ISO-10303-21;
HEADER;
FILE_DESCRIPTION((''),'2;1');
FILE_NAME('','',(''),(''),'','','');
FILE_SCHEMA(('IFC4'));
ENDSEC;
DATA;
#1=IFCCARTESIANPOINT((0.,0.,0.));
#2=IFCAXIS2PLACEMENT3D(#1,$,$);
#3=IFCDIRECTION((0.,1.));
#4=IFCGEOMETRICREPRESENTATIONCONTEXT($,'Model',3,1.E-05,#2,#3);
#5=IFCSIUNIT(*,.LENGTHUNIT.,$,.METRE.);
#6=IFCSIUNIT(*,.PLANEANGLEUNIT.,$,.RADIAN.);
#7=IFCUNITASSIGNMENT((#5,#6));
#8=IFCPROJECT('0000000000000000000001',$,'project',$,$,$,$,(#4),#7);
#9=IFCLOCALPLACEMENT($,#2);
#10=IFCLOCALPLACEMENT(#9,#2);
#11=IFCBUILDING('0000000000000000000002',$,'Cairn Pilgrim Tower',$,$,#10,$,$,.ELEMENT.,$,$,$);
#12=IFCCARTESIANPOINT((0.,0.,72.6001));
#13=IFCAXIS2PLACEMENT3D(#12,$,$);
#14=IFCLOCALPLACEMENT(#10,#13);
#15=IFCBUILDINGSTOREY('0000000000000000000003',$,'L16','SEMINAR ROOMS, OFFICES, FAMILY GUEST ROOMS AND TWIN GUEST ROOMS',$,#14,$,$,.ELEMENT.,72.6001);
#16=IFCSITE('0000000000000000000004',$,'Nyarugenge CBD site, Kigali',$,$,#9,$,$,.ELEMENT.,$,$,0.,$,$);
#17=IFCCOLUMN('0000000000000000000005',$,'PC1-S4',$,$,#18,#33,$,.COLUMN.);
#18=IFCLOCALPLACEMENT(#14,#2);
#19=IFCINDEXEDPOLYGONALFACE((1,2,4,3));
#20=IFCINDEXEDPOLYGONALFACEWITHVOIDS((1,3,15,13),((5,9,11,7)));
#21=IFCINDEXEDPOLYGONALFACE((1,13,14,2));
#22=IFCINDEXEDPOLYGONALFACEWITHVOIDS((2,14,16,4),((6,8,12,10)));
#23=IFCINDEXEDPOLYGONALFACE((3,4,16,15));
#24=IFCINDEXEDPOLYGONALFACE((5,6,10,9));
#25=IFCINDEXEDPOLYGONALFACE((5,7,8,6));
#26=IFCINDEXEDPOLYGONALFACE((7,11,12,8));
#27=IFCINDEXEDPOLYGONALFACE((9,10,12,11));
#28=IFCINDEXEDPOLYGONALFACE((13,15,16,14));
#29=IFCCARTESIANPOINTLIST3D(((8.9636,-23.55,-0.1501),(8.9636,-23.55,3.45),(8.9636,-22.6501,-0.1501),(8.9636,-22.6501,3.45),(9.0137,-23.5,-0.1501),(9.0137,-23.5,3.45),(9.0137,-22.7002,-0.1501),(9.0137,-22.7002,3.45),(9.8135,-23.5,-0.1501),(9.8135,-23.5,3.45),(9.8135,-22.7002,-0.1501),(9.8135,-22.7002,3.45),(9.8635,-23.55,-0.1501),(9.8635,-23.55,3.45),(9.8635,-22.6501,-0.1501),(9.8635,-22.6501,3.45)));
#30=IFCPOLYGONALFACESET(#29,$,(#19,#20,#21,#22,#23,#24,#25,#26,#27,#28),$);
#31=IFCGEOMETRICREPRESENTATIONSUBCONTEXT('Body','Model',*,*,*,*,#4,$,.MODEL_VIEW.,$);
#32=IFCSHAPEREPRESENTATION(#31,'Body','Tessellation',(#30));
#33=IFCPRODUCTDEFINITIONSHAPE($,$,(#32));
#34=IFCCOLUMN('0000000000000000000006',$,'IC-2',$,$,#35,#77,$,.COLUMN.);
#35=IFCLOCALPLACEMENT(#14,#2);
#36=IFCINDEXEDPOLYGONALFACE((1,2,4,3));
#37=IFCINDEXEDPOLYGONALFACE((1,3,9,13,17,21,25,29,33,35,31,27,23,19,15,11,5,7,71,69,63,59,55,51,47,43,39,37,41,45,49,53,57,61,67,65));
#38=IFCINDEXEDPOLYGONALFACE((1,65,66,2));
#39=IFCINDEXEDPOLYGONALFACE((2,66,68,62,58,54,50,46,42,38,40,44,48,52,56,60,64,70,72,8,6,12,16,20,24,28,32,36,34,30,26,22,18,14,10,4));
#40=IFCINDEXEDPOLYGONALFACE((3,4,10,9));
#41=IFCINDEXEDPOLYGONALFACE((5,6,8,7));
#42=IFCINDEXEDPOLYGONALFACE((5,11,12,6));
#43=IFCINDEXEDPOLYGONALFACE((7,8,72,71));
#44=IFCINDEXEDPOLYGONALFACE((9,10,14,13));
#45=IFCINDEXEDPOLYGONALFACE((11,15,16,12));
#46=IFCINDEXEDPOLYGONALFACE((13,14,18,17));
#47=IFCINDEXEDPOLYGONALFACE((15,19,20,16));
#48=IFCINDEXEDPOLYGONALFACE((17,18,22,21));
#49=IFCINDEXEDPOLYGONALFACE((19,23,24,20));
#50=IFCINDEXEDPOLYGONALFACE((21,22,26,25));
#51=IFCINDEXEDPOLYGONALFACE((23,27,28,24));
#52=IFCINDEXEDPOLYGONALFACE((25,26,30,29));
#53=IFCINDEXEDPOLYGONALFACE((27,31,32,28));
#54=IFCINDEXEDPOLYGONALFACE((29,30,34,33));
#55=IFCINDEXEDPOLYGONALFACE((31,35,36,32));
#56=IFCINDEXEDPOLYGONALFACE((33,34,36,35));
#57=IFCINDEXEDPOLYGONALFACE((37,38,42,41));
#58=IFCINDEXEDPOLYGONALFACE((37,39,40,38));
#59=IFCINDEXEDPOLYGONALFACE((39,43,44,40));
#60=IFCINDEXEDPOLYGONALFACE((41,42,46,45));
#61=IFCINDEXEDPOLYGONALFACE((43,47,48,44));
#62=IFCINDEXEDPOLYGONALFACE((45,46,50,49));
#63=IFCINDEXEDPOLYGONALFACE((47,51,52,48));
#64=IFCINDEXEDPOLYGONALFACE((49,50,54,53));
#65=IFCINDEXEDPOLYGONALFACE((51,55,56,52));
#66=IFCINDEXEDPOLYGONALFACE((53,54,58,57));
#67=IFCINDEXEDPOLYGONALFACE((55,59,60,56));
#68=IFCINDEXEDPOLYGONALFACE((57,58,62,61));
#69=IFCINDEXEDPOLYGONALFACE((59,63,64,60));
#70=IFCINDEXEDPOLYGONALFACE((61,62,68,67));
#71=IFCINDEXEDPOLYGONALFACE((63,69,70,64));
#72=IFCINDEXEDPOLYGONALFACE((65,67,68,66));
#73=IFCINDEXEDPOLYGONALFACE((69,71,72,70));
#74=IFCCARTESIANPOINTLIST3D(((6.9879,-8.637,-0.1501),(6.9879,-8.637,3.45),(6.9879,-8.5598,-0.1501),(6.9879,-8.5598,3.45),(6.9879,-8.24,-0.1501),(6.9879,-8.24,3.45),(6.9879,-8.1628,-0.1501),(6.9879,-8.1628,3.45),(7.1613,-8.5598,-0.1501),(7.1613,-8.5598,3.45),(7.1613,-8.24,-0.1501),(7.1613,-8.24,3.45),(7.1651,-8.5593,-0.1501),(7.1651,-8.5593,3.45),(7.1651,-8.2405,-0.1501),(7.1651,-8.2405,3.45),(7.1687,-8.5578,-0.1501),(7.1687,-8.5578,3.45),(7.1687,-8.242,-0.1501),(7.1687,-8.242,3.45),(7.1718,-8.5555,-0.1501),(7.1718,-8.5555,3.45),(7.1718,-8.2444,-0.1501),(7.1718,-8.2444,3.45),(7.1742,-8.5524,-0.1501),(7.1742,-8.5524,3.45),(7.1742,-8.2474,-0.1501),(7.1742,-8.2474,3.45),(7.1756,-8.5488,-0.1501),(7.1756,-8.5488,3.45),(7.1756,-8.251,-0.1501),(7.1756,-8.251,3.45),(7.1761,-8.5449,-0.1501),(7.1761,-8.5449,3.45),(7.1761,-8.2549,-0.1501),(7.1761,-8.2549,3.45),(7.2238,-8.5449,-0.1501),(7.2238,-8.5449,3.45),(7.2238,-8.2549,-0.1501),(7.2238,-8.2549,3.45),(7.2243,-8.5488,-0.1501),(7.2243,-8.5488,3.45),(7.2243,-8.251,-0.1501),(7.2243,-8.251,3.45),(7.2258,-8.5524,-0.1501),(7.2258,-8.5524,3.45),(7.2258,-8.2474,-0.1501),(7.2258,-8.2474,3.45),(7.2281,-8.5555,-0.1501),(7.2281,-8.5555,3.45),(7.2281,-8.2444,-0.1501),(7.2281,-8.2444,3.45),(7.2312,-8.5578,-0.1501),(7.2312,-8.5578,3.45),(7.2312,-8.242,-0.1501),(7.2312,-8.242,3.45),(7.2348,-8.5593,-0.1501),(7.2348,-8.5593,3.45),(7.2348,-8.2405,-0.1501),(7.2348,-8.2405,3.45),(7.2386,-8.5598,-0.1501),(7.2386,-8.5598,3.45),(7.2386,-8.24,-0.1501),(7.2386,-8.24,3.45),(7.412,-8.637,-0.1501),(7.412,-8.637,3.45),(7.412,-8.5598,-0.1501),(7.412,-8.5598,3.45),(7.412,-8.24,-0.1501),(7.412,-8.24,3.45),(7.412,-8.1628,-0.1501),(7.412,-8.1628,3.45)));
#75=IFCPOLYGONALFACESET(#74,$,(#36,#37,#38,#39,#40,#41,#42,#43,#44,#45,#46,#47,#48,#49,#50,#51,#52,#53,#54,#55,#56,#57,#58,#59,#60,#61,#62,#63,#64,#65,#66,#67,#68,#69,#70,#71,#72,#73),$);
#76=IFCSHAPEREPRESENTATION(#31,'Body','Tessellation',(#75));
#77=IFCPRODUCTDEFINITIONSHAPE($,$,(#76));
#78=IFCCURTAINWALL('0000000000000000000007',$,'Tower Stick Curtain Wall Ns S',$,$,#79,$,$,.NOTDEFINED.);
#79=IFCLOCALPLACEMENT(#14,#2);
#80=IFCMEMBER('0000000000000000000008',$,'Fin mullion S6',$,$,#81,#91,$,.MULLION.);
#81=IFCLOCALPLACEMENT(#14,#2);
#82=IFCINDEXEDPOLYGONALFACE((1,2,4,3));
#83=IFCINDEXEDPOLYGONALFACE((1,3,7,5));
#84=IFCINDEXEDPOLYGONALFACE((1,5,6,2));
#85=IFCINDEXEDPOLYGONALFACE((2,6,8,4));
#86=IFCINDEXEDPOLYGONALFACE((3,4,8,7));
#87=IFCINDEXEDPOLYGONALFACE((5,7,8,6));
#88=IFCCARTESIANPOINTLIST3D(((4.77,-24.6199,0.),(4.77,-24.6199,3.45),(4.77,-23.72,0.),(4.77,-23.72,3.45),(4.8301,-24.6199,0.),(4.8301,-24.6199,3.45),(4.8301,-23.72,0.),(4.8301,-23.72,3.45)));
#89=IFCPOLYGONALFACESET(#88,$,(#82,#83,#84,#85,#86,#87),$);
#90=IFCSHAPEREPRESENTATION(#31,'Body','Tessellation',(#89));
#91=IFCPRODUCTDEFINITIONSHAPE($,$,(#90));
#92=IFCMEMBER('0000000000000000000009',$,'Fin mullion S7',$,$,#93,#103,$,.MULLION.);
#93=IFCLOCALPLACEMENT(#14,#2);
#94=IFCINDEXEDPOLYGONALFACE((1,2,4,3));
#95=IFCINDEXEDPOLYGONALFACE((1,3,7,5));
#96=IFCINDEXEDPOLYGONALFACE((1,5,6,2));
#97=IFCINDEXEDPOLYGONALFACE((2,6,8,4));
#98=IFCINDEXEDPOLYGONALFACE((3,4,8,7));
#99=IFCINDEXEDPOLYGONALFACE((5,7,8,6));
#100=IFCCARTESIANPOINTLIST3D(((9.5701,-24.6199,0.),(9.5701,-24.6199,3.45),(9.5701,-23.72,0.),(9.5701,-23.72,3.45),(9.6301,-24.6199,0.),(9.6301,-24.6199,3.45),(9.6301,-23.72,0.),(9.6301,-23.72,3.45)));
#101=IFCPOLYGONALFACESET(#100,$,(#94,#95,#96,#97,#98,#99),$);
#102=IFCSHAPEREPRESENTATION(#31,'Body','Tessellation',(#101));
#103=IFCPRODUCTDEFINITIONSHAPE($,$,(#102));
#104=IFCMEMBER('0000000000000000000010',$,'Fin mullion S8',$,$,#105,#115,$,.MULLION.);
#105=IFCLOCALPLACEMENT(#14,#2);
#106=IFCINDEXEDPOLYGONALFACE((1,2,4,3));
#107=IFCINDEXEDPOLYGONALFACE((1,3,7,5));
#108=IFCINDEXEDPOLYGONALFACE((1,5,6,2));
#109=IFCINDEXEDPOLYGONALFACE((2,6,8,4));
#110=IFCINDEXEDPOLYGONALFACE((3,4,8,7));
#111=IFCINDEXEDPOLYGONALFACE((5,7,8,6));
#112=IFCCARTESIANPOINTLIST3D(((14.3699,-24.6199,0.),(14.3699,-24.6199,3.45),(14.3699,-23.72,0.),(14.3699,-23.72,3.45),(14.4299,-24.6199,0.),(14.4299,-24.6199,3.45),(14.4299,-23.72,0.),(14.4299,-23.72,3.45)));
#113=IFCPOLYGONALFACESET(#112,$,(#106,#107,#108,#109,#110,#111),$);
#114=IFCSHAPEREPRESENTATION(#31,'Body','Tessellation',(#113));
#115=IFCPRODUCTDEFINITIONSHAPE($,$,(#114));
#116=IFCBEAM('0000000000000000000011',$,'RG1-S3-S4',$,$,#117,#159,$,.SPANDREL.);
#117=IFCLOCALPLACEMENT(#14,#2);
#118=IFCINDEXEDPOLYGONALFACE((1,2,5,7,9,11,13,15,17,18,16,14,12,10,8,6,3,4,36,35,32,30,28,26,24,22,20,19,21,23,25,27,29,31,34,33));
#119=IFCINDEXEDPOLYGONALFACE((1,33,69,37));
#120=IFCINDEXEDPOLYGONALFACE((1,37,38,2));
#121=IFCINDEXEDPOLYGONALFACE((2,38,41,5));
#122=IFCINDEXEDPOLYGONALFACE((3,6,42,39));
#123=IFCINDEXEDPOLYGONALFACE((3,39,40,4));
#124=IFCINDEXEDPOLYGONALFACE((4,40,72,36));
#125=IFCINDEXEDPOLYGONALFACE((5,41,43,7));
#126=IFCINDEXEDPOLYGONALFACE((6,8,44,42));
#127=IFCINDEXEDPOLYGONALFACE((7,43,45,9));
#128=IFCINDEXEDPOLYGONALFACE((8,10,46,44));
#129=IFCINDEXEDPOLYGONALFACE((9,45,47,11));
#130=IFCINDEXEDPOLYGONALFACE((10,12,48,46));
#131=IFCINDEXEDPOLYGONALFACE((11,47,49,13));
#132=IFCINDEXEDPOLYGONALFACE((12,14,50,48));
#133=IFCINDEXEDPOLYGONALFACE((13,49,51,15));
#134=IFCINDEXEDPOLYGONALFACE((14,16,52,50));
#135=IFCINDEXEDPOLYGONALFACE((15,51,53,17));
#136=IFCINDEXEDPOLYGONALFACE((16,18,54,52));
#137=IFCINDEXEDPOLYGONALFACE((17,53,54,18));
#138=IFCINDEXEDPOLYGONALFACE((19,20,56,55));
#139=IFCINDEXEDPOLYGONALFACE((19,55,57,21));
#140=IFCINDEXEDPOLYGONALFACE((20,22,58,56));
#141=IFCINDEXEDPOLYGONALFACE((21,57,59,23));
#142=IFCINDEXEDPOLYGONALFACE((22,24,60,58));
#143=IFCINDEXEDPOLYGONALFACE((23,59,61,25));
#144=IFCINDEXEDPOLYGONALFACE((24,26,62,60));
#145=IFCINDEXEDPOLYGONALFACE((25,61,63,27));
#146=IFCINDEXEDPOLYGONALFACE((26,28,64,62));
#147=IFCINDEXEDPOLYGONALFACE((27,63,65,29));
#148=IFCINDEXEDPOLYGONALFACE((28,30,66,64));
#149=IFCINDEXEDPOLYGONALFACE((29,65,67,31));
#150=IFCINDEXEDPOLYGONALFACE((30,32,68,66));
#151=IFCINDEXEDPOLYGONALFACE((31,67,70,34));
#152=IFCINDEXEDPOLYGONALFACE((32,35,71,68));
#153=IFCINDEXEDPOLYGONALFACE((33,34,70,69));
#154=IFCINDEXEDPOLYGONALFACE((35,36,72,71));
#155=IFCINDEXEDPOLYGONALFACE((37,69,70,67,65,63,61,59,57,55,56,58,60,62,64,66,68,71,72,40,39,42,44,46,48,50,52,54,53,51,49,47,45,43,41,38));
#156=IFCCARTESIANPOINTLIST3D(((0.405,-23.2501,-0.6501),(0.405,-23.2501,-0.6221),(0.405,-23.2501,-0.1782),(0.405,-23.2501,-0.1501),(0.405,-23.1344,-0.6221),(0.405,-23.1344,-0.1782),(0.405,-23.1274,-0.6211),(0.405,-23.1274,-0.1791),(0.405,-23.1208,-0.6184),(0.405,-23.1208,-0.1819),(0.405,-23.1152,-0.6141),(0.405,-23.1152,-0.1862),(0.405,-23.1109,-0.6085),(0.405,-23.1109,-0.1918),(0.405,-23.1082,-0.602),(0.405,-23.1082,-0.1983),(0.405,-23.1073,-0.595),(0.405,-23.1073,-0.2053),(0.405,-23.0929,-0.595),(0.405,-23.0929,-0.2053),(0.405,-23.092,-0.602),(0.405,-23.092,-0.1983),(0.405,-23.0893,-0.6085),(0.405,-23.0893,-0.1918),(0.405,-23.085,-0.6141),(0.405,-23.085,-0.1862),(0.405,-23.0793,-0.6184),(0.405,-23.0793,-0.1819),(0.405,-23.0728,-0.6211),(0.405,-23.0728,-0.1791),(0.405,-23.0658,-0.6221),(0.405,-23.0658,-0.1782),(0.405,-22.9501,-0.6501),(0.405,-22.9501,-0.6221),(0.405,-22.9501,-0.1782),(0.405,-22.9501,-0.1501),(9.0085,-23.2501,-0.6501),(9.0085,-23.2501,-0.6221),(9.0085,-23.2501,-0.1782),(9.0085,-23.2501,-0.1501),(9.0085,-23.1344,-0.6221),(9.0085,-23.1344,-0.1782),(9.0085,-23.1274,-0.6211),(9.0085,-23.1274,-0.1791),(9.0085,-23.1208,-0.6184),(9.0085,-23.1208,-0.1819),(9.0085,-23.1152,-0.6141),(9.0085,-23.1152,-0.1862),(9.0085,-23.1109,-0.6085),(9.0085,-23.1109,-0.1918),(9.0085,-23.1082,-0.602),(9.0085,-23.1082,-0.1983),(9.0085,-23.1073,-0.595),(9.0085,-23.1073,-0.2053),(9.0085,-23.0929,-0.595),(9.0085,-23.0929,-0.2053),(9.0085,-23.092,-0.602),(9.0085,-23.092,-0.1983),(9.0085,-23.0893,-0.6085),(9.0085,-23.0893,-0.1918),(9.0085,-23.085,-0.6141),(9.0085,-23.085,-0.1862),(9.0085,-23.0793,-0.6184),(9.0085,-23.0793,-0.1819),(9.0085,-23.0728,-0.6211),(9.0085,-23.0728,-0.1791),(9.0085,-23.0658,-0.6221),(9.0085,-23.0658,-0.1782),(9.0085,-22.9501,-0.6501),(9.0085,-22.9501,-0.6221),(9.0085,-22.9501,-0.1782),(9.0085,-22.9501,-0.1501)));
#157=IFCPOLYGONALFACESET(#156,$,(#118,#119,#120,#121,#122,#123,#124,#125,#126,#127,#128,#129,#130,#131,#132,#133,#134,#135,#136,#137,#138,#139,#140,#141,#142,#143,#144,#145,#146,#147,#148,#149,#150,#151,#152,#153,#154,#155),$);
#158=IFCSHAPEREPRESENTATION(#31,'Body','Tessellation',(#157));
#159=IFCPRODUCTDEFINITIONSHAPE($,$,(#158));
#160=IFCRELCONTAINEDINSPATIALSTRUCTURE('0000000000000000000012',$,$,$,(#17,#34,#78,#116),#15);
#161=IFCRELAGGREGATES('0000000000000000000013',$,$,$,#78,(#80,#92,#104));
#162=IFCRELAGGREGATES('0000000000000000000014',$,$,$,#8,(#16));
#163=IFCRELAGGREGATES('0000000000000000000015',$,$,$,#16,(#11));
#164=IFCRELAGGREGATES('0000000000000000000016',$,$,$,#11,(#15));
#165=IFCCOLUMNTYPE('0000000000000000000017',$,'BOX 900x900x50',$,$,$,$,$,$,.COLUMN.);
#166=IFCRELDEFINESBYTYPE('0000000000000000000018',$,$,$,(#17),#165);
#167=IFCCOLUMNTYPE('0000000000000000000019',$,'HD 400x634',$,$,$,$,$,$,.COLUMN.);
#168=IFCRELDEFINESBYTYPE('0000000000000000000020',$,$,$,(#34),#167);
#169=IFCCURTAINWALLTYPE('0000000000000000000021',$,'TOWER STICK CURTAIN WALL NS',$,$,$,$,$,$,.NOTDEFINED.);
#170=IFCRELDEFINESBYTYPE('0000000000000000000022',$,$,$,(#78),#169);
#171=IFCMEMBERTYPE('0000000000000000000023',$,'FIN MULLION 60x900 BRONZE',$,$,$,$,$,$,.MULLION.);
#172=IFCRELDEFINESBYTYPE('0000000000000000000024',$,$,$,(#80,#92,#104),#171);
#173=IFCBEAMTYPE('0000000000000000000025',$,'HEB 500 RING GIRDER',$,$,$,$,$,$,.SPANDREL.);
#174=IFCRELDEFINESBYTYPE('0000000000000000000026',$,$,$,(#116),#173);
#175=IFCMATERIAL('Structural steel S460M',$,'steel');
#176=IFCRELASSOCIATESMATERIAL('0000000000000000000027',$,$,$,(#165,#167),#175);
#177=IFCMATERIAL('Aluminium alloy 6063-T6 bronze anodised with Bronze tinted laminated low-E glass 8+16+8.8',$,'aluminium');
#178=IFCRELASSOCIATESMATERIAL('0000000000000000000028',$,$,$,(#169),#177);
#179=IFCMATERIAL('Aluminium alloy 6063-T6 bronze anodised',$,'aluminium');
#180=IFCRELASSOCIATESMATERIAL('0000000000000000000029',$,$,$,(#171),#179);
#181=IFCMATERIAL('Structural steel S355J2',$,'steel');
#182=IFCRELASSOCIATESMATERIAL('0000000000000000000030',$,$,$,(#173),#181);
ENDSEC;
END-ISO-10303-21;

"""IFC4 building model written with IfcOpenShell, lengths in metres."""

from ifc_helpers import new_model, si_unit, direction, frame, origin, origin_2d, place, context, subcontext, project, spatial, rectangle, hollow_rectangle, i_section, extrude, material, material_profile, profile_set, type_object, element, aggregate, save


model = new_model("IFC4")

# Units and contexts
model_context = context("Model", 3, precision=1e-05, world=origin(), true_north=direction((0.0, 1.0)))
body_context = subcontext(model_context, "Body", "Model", "MODEL_VIEW")
ifc_project = project(units=[si_unit("LENGTHUNIT", "METRE"), si_unit("PLANEANGLEUNIT", "RADIAN")], contexts=[model_context])

# Site, building, storey
site_placement = place(None, origin())
site = spatial("IfcSite", under=ifc_project, at=site_placement, Name="Nyarugenge CBD site, Kigali", CompositionType="ELEMENT", RefElevation=0.0)
building_placement = place(site_placement, origin())
building = spatial("IfcBuilding", under=site, at=building_placement, Name="Cairn Pilgrim Tower", CompositionType="ELEMENT")
storey_placement = place(building_placement, frame((0.0, 0.0, 72.6001)))
storey = spatial("IfcBuildingStorey", under=building, at=storey_placement, Name="L16", Description="SEMINAR ROOMS, OFFICES, FAMILY GUEST ROOMS AND TWIN GUEST ROOMS", CompositionType="ELEMENT", Elevation=72.6001)

# Columns
ifc_material_1 = material(Name="Structural steel S460M", Category="steel")
ifc_material_profile_1 = material_profile(ifc_material_1, hollow_rectangle(XDim=0.8999, YDim=0.8999, WallThickness=0.05, at=origin_2d()), Name="BOX 900x900x50")
ifc_profile_set_1 = profile_set([ifc_material_profile_1], Name="Structural steel S460M")
column_type_1 = type_object("IfcColumnType", Name="BOX 900x900x50", PredefinedType="COLUMN", material=ifc_profile_set_1)
column_1_placement = place(storey_placement, frame((9.4136, -23.1001, -0.1501), z_axis=(0.0, 0.0, 1.0), x_axis=(1.0, 0.0, 0.0)))
element("IfcColumn", 1, at=column_1_placement, inside=storey, type_object=column_type_1, Name="PC1-S4", PredefinedType="COLUMN", context=body_context, shape_type="SweptSolid", body=[
    extrude(hollow_rectangle(XDim=0.8999, YDim=0.8999, WallThickness=0.05, at=origin_2d()), origin(), (0.0, 0.0, 1.0), 3.6001),
])
ifc_material_profile_2 = material_profile(ifc_material_1, i_section(OverallWidth=0.4241, OverallDepth=0.4741, WebThickness=0.0476, FlangeThickness=0.0771, FilletRadius=0.0149, at=origin_2d()), Name="HD 400x634")
ifc_profile_set_2 = profile_set([ifc_material_profile_2], Name="Structural steel S460M")
column_type_2 = type_object("IfcColumnType", Name="HD 400x634", PredefinedType="COLUMN", material=ifc_profile_set_2)
column_2_placement = place(storey_placement, frame((7.2, -8.3999, -0.1501), z_axis=(0.0, 0.0, 1.0), x_axis=(1.0, 0.0, 0.0)))
element("IfcColumn", 2, at=column_2_placement, inside=storey, type_object=column_type_2, Name="IC-2", PredefinedType="COLUMN", context=body_context, shape_type="SweptSolid", body=[
    extrude(i_section(OverallWidth=0.4241, OverallDepth=0.4741, WebThickness=0.0476, FlangeThickness=0.0771, FilletRadius=0.0149, at=origin_2d()), origin(), (0.0, 0.0, 1.0), 3.6001),
])

# Curtain wall, members
ifc_material_2 = material(Name="Aluminium alloy 6063-T6 bronze anodised with Bronze tinted laminated low-E glass 8+16+8.8", Category="aluminium")
curtain_wall_type = type_object("IfcCurtainWallType", Name="TOWER STICK CURTAIN WALL NS", PredefinedType="NOTDEFINED", material=ifc_material_2)
curtain_wall_placement = place(storey_placement, origin())
curtain_wall = element("IfcCurtainWall", 3, at=curtain_wall_placement, inside=storey, type_object=curtain_wall_type, Name="Tower Stick Curtain Wall Ns S", PredefinedType="NOTDEFINED")
ifc_material_3 = material(Name="Aluminium alloy 6063-T6 bronze anodised", Category="aluminium")
ifc_material_profile_3 = material_profile(ifc_material_3, rectangle(XDim=0.8999, YDim=0.0601, at=origin_2d()), Name="FIN MULLION 60x900 BRONZE")
ifc_profile_set_3 = profile_set([ifc_material_profile_3], Name="Aluminium alloy 6063-T6 bronze anodised")
member_type_1 = type_object("IfcMemberType", Name="FIN MULLION 60x900 BRONZE", PredefinedType="MULLION", material=ifc_profile_set_3)
member_1_placement = place(storey_placement, frame((4.8, -24.1699, 0.0), z_axis=(0.0, 0.0, 1.0), x_axis=(0.0, -1.0, 0.0)))
member_1 = element("IfcMember", 4, at=member_1_placement, type_object=member_type_1, Name="Fin mullion S6", PredefinedType="MULLION", context=body_context, shape_type="SweptSolid", body=[
    extrude(rectangle(XDim=0.8999, YDim=0.0601, at=origin_2d()), origin(), (0.0, 0.0, 1.0), 3.45),
])
member_2_placement = place(storey_placement, frame((9.6001, -24.1699, 0.0), z_axis=(0.0, 0.0, 1.0), x_axis=(0.0, -1.0, 0.0)))
member_2 = element("IfcMember", 5, at=member_2_placement, type_object=member_type_1, Name="Fin mullion S7", PredefinedType="MULLION", context=body_context, shape_type="SweptSolid", body=[
    extrude(rectangle(XDim=0.8999, YDim=0.0601, at=origin_2d()), origin(), (0.0, 0.0, 1.0), 3.45),
])
member_3_placement = place(storey_placement, frame((14.3999, -24.1699, 0.0), z_axis=(0.0, 0.0, 1.0), x_axis=(0.0, -1.0, 0.0)))
member_3 = element("IfcMember", 6, at=member_3_placement, type_object=member_type_1, Name="Fin mullion S8", PredefinedType="MULLION", context=body_context, shape_type="SweptSolid", body=[
    extrude(rectangle(XDim=0.8999, YDim=0.0601, at=origin_2d()), origin(), (0.0, 0.0, 1.0), 3.45),
])

# Beam
ifc_material_4 = material(Name="Structural steel S355J2", Category="steel")
ifc_material_profile_4 = material_profile(ifc_material_4, i_section(OverallWidth=0.3, OverallDepth=0.5, WebThickness=0.0144, FlangeThickness=0.0281, FilletRadius=0.0271, at=origin_2d()), Name="HEB 500")
ifc_profile_set_4 = profile_set([ifc_material_profile_4], Name="Structural steel S355J2")
beam_type_1 = type_object("IfcBeamType", Name="HEB 500 RING GIRDER", PredefinedType="SPANDREL", material=ifc_profile_set_4)
for number, where, z_axis, x_axis, name in (
    (7, (0.405, -23.1001, -0.4001), (1.0, 0.0, 0.0), (0.0, 1.0, 0.0), "RG1-S3-S4"),
):
    element("IfcBeam", number, at=place(storey_placement, frame(where, z_axis=z_axis, x_axis=x_axis)), inside=storey, type_object=beam_type_1, Name=name, PredefinedType="SPANDREL", context=body_context, shape_type="SweptSolid", body=[
        extrude(i_section(OverallWidth=0.3, OverallDepth=0.5, WebThickness=0.0144, FlangeThickness=0.0281, FilletRadius=0.0271, at=origin_2d()), origin(), (0.0, 0.0, 1.0), 8.6035),
    ])

aggregate(curtain_wall, [member_1, member_2, member_3])

save(model, "model.ifc")
